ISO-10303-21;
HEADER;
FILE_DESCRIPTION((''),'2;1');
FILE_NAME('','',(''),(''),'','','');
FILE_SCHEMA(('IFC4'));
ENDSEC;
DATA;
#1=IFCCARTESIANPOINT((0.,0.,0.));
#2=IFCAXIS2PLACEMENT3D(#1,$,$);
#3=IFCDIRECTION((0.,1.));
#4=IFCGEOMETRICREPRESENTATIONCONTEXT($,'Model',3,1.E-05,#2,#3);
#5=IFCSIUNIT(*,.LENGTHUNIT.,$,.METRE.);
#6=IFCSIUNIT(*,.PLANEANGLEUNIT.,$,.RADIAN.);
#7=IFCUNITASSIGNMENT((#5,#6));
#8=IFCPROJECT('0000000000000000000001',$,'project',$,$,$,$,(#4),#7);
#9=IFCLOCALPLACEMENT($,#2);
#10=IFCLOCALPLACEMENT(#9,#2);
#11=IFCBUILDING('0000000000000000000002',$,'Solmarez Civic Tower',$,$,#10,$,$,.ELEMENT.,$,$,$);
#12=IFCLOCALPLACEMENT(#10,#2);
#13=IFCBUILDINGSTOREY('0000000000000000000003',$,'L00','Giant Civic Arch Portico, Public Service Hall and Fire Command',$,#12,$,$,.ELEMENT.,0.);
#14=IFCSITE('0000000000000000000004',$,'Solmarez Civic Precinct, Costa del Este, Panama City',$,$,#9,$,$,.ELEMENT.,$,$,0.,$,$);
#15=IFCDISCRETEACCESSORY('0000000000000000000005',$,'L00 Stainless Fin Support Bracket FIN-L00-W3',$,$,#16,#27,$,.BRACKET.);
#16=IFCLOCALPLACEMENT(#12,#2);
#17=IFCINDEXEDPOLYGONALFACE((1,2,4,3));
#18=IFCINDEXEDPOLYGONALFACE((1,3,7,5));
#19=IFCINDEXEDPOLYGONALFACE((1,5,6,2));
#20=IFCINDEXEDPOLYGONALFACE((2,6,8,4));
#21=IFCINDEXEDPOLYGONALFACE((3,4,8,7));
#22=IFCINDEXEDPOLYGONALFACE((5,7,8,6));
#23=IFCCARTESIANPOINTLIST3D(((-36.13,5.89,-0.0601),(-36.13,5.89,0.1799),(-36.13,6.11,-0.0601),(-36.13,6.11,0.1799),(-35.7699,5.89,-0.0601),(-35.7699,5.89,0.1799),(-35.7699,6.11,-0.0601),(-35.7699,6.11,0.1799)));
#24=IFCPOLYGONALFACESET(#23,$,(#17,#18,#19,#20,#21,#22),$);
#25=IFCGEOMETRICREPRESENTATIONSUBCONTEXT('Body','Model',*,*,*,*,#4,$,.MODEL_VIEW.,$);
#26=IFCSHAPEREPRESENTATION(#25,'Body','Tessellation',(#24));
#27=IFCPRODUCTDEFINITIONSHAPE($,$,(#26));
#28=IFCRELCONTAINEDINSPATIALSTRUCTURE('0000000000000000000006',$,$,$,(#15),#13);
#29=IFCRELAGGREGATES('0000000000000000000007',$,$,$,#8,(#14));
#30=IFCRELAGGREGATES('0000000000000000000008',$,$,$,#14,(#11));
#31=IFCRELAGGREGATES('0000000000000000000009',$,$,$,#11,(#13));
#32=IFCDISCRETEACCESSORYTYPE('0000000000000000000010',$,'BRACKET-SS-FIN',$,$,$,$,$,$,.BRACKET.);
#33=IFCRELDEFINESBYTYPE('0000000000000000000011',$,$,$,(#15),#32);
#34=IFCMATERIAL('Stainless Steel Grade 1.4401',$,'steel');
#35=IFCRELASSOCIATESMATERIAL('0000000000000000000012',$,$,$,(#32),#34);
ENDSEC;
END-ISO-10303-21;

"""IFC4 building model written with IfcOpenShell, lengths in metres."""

from ifc_helpers import new_model, si_unit, direction, frame, origin, origin_2d, place, context, subcontext, project, spatial, rectangle, extrude, material, type_object, element, save


model = new_model("IFC4")

# Units and contexts
model_context = context("Model", 3, precision=1e-05, world=origin(), true_north=direction((0.0, 1.0)))
body_context = subcontext(model_context, "Body", "Model", "MODEL_VIEW")
ifc_project = project(units=[si_unit("LENGTHUNIT", "METRE"), si_unit("PLANEANGLEUNIT", "RADIAN")], contexts=[model_context])

# Site, building, storey
site_placement = place(None, origin())
site = spatial("IfcSite", under=ifc_project, at=site_placement, Name="Solmarez Civic Precinct, Costa del Este, Panama City", CompositionType="ELEMENT", RefElevation=0.0)
building_placement = place(site_placement, origin())
building = spatial("IfcBuilding", under=site, at=building_placement, Name="Solmarez Civic Tower", CompositionType="ELEMENT")
storey_placement = place(building_placement, origin())
storey = spatial("IfcBuildingStorey", under=building, at=storey_placement, Name="L00", Description="Giant Civic Arch Portico, Public Service Hall and Fire Command", CompositionType="ELEMENT", Elevation=0.0)

# Discrete accessory
ifc_material_1 = material(Name="Stainless Steel Grade 1.4401", Category="steel")
discrete_accessory_type = type_object("IfcDiscreteAccessoryType", Name="BRACKET-SS-FIN", PredefinedType="BRACKET", material=ifc_material_1)
discrete_accessory_placement = place(storey_placement, frame((-35.95, 6.0, -0.0601), z_axis=(0.0, 0.0, 1.0), x_axis=(-1.0, 0.0, 0.0)))
element("IfcDiscreteAccessory", 1, at=discrete_accessory_placement, inside=storey, type_object=discrete_accessory_type, Name="L00 Stainless Fin Support Bracket FIN-L00-W3", PredefinedType="BRACKET", context=body_context, shape_type="SweptSolid", body=[
    extrude(rectangle(XDim=0.3601, YDim=0.22, at=origin_2d()), origin(), (0.0, 0.0, 1.0), 0.24),
])

save(model, "model.ifc")
